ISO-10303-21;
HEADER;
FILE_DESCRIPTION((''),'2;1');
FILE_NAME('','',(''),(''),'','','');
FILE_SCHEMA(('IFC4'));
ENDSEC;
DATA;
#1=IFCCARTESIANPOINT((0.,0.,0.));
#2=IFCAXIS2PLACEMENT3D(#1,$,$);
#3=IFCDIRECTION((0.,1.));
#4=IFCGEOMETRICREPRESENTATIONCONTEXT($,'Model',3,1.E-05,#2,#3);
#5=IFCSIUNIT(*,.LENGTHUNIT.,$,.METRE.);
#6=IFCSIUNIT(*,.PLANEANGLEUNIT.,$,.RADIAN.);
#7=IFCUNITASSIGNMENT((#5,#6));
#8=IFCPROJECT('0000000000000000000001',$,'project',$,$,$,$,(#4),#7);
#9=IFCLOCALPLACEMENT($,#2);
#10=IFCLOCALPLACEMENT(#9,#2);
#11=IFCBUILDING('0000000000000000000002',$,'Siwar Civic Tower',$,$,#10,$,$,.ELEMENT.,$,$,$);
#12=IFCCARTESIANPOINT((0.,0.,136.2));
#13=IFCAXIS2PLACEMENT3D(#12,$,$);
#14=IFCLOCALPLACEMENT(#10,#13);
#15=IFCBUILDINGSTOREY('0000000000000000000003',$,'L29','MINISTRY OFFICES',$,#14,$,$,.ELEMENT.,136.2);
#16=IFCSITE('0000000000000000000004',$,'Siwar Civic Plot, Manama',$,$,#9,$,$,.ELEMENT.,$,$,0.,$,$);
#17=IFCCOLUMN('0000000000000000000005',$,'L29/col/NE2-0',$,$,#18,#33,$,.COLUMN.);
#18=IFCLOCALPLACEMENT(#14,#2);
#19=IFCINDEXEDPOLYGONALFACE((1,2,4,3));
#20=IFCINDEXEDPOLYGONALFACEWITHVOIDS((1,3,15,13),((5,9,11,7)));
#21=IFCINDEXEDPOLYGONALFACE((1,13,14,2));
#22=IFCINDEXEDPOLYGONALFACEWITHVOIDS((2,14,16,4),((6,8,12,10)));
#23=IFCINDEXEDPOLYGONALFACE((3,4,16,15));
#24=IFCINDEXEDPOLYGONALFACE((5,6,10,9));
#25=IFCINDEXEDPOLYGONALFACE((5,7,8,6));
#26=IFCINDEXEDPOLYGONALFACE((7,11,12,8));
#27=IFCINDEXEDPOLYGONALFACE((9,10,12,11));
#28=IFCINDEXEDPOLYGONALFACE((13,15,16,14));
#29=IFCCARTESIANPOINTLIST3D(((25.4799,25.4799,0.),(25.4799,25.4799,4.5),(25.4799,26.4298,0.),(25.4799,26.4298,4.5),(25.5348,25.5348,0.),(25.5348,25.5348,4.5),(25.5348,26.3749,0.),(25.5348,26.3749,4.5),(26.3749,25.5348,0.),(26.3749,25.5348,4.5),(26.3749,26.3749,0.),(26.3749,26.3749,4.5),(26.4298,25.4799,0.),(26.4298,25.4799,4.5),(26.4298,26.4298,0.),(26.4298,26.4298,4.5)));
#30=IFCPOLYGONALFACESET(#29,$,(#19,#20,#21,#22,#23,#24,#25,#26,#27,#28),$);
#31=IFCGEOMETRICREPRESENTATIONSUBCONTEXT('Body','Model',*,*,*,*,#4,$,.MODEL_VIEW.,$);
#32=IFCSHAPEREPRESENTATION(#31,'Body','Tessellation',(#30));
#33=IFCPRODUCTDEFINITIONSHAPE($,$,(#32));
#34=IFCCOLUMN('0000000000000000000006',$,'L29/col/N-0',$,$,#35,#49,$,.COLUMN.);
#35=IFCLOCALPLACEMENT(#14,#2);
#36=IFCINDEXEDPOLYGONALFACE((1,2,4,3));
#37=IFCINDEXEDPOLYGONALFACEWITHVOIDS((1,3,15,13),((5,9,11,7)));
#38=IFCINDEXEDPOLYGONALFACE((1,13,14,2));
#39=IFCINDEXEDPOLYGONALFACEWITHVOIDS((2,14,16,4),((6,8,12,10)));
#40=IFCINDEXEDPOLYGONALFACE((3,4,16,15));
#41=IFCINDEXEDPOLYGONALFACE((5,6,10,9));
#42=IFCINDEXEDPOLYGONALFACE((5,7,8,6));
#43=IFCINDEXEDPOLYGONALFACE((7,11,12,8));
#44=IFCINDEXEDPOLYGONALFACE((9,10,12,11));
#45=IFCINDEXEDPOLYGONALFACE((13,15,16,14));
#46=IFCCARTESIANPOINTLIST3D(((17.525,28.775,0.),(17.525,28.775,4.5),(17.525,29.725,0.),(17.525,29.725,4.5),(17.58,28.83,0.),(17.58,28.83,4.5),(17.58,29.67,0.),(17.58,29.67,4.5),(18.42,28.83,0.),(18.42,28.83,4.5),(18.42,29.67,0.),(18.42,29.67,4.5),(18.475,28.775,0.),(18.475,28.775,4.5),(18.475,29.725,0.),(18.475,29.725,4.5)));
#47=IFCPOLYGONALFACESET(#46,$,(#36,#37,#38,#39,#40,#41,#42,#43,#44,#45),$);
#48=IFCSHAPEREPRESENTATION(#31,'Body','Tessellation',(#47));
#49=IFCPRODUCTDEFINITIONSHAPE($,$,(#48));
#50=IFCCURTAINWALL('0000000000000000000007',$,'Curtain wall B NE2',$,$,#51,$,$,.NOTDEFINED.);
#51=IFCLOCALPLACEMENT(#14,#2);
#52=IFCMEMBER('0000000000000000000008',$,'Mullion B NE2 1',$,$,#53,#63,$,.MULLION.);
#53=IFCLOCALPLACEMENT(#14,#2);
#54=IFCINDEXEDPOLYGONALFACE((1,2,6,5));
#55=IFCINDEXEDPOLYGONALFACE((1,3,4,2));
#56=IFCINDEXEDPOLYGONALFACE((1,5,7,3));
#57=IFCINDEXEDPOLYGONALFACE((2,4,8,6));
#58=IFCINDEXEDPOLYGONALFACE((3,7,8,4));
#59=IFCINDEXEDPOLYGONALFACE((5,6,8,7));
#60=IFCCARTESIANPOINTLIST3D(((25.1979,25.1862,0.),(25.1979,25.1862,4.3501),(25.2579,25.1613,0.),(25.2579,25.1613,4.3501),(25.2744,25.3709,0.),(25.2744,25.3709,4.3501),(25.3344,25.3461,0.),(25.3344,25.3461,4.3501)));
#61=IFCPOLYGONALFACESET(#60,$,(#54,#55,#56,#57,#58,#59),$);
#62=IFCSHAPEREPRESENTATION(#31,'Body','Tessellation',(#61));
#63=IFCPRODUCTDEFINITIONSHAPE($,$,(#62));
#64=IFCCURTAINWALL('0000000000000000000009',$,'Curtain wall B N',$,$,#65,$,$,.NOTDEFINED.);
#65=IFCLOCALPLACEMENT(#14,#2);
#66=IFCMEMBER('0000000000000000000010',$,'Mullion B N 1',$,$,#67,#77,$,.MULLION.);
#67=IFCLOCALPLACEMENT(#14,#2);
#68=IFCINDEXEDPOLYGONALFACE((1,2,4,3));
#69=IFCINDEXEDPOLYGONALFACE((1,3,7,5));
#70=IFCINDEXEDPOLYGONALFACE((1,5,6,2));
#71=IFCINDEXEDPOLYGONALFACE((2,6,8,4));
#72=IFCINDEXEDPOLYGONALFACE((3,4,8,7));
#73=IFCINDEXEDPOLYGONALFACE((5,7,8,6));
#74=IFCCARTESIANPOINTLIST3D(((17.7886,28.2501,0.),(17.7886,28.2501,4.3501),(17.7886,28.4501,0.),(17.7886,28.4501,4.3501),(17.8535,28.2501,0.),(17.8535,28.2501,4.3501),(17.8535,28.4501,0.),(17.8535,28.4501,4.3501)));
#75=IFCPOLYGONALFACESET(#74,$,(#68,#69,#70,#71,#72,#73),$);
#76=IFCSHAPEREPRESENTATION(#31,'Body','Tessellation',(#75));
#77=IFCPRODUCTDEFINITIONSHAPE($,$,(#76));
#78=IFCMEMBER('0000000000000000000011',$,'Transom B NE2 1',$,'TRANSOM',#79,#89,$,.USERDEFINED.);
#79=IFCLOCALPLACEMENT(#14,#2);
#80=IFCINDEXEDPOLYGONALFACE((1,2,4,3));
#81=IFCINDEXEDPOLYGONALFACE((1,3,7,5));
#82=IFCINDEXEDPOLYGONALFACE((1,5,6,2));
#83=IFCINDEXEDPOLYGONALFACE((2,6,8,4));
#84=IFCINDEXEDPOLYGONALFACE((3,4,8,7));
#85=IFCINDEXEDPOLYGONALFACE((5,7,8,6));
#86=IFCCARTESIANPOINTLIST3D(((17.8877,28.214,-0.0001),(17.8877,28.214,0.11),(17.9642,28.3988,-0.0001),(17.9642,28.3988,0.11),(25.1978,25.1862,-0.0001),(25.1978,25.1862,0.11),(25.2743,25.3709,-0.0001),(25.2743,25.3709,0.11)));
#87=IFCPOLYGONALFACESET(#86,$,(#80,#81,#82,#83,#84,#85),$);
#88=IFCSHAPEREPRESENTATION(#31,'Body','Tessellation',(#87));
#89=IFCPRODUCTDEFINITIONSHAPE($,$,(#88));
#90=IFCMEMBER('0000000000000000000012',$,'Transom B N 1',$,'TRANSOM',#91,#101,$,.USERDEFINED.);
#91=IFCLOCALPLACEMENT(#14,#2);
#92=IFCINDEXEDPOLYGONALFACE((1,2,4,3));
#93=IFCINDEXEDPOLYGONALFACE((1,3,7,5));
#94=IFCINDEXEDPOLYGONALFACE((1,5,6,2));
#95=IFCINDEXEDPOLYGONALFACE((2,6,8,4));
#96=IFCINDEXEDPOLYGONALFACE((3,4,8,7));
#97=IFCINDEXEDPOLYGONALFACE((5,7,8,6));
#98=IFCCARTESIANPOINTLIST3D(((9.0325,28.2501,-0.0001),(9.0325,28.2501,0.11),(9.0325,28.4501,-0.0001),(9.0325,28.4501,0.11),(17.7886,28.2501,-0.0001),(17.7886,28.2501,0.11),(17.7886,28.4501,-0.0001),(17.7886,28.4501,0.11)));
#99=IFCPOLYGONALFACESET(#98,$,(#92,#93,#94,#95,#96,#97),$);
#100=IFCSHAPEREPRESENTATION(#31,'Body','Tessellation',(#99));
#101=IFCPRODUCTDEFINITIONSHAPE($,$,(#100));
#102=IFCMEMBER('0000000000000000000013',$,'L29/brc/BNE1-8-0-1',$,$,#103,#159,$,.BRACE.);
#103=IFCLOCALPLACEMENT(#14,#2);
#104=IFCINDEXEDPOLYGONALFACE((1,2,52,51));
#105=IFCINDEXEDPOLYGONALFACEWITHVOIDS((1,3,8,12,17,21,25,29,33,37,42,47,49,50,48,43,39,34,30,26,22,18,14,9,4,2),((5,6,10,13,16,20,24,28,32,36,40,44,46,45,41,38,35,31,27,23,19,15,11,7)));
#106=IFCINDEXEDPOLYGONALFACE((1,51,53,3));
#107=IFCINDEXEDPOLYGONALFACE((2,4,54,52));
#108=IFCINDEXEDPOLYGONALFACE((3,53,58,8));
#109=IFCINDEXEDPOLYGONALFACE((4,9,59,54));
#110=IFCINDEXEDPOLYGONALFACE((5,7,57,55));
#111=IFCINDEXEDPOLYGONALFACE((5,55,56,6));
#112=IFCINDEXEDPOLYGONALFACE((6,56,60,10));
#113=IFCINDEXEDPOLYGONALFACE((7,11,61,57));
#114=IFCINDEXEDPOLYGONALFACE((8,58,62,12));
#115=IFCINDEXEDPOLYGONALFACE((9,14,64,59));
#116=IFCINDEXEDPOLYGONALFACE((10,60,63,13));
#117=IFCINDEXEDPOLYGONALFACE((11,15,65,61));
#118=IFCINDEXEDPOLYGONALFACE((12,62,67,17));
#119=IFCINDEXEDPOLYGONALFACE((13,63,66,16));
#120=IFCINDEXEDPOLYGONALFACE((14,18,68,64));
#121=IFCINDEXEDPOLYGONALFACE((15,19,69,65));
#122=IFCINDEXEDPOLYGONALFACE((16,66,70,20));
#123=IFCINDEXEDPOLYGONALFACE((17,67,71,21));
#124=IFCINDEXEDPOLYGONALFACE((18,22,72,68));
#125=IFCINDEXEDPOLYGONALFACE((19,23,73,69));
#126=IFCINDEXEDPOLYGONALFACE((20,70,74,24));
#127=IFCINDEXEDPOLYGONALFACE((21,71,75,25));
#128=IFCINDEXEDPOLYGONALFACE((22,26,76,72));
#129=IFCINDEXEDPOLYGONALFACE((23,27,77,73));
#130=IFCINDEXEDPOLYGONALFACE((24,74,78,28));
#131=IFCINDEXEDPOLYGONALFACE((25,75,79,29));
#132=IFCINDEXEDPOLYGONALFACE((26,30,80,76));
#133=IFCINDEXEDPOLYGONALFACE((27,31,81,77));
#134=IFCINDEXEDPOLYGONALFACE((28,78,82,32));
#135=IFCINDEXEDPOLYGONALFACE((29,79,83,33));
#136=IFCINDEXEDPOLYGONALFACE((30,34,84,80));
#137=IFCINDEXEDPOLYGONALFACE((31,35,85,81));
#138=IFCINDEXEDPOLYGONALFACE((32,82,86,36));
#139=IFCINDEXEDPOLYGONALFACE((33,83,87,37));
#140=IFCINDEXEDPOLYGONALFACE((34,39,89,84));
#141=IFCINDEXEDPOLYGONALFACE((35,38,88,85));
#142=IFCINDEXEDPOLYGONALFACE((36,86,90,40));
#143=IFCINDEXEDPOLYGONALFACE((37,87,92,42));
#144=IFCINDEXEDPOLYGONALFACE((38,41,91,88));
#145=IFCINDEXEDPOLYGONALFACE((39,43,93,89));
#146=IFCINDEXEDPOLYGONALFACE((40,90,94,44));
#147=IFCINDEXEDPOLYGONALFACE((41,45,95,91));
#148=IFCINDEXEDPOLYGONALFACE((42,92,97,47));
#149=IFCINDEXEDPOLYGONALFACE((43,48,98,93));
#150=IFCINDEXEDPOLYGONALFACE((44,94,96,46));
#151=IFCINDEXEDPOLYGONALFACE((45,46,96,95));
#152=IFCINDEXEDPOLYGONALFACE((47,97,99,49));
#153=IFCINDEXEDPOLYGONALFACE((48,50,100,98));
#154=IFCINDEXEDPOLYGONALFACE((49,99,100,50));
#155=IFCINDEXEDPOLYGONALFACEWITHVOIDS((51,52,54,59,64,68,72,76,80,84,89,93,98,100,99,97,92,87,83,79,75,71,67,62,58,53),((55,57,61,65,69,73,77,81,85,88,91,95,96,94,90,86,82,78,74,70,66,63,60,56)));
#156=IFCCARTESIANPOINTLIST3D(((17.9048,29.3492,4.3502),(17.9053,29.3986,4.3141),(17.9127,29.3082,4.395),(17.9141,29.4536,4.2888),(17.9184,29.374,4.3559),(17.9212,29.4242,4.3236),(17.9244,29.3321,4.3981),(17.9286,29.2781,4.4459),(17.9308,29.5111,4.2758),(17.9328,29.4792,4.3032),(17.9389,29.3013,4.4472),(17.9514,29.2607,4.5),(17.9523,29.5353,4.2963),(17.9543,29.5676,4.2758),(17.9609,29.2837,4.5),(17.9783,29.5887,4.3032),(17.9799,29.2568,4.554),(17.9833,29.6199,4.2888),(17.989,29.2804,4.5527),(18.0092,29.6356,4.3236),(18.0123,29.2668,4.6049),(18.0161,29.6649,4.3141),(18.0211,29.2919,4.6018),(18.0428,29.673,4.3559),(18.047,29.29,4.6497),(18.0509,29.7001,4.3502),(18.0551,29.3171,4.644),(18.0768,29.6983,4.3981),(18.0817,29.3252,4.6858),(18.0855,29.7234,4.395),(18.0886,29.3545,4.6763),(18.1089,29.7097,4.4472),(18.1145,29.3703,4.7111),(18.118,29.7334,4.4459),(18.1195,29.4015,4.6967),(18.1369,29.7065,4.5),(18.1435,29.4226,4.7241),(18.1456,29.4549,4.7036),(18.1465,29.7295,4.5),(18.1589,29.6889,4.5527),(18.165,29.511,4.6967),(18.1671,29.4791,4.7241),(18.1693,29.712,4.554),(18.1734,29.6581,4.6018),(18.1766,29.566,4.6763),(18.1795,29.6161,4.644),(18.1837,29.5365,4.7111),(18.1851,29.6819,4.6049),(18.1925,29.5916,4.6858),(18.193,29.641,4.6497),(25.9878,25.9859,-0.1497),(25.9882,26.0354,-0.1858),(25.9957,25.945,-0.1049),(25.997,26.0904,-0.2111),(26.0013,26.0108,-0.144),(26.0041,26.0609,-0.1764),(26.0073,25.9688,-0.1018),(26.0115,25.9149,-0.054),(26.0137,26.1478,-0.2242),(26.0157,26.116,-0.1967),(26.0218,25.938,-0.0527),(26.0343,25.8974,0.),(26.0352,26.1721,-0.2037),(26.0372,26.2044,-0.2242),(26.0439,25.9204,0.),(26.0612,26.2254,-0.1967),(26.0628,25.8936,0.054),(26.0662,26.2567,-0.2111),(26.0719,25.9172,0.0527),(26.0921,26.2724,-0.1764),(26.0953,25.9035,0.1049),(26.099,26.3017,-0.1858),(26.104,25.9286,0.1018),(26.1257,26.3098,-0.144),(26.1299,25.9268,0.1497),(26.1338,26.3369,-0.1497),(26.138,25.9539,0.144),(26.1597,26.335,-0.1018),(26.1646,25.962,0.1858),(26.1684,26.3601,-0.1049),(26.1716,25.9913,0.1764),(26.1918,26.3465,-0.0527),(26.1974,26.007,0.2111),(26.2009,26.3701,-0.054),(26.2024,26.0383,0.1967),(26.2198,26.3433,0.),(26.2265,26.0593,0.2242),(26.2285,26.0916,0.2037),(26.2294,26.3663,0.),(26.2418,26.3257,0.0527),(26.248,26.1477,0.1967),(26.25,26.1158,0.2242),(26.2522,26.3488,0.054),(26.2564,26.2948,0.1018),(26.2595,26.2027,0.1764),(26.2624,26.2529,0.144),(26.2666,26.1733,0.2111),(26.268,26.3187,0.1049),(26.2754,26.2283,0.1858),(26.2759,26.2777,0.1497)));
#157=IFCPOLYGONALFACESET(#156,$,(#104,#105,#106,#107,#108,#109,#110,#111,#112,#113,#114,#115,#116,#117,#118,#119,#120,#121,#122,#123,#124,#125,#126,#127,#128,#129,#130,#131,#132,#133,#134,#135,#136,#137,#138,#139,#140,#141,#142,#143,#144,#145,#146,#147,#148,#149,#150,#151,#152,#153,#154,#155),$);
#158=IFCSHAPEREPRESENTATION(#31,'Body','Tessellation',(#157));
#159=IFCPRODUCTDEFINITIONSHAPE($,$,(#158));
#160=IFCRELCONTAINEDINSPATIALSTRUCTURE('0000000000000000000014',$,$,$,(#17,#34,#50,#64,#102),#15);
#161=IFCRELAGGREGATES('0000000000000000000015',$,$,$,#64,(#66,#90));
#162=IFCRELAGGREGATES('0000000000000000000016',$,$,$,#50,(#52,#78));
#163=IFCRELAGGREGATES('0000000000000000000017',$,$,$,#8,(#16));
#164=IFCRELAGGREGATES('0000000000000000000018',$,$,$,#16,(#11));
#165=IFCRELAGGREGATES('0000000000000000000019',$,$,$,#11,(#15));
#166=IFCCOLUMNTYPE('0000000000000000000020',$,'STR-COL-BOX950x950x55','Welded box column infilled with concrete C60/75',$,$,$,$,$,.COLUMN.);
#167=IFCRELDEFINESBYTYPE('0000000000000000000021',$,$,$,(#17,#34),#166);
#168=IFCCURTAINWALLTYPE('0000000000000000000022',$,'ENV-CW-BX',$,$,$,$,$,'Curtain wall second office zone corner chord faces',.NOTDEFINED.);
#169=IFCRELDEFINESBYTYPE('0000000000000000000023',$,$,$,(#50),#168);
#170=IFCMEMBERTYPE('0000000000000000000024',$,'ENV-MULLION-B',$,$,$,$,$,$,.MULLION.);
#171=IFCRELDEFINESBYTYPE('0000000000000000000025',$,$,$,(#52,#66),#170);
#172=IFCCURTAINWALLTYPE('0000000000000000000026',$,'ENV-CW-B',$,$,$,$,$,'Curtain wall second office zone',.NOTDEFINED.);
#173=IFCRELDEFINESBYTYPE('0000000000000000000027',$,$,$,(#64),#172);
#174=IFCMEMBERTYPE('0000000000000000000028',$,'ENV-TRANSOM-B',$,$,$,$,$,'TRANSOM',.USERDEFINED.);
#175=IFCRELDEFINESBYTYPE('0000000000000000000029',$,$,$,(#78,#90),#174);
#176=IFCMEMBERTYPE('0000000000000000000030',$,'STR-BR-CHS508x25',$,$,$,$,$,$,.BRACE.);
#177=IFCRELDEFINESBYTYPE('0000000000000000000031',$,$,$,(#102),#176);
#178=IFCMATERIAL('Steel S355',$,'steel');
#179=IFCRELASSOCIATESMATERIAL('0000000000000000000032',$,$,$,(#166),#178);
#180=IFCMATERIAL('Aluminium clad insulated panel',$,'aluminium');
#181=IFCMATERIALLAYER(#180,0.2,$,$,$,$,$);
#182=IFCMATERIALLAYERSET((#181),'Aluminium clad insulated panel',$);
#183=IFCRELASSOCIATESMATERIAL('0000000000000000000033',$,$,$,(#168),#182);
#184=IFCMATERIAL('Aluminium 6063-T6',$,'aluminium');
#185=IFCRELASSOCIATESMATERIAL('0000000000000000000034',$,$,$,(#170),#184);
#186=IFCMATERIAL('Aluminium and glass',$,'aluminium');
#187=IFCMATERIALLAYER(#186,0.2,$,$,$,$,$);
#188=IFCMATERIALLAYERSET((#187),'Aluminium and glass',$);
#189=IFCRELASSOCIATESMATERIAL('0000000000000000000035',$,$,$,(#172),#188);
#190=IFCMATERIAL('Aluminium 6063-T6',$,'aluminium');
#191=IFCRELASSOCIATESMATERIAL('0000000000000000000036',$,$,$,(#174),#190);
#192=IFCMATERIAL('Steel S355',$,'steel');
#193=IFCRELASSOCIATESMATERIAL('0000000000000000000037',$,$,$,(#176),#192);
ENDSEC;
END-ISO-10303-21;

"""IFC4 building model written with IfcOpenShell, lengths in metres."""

from ifc_helpers import new_model, si_unit, direction, frame, origin, origin_2d, place, context, subcontext, project, spatial, rectangle, hollow_rectangle, hollow_circle, extrude, material, layer, layer_set, material_profile, profile_set, type_object, element, aggregate, save


model = new_model("IFC4")

# Units and contexts
model_context = context("Model", 3, precision=1e-05, world=origin(), true_north=direction((0.0, 1.0)))
body_context = subcontext(model_context, "Body", "Model", "MODEL_VIEW")
ifc_project = project(units=[si_unit("LENGTHUNIT", "METRE"), si_unit("PLANEANGLEUNIT", "RADIAN")], contexts=[model_context])

# Site, building, storey
site_placement = place(None, origin())
site = spatial("IfcSite", under=ifc_project, at=site_placement, Name="Siwar Civic Plot, Manama", CompositionType="ELEMENT", RefElevation=0.0)
building_placement = place(site_placement, origin())
building = spatial("IfcBuilding", under=site, at=building_placement, Name="Siwar Civic Tower", CompositionType="ELEMENT")
storey_placement = place(building_placement, frame((0.0, 0.0, 136.2)))
storey = spatial("IfcBuildingStorey", under=building, at=storey_placement, Name="L29", Description="MINISTRY OFFICES", CompositionType="ELEMENT", Elevation=136.2)

# Columns
ifc_material_1 = material(Name="Steel S355", Category="steel")
ifc_material_profile_1 = material_profile(ifc_material_1, hollow_rectangle(XDim=0.95, YDim=0.95, WallThickness=0.0549, at=origin_2d()), Name="BOX950x950x55")
ifc_profile_set_1 = profile_set([ifc_material_profile_1], Name="Steel S355")
column_type = type_object("IfcColumnType", Name="STR-COL-BOX950x950x55", Description="Welded box column infilled with concrete C60/75", PredefinedType="COLUMN", material=ifc_profile_set_1)
for number, where, z_axis, x_axis, name in (
    (1, (25.9548, 25.9548, 0.0), (0.0, 0.0, 1.0), (1.0, 0.0, 0.0), "L29/col/NE2-0"),
    (2, (18.0, 29.25, 0.0), (0.0, 0.0, 1.0), (1.0, 0.0, 0.0), "L29/col/N-0"),
):
    element("IfcColumn", number, at=place(storey_placement, frame(where, z_axis=z_axis, x_axis=x_axis)), inside=storey, type_object=column_type, Name=name, PredefinedType="COLUMN", context=body_context, shape_type="SweptSolid", body=[
        extrude(hollow_rectangle(XDim=0.95, YDim=0.95, WallThickness=0.0549, at=origin_2d()), origin(), (0.0, 0.0, 1.0), 4.5),
    ])

# Curtain walls, members
ifc_material_2 = material(Name="Aluminium clad insulated panel", Category="aluminium")
ifc_layer_1 = layer(ifc_material_2, 0.2)
ifc_layer_set_1 = layer_set([ifc_layer_1], Name="Aluminium clad insulated panel")
curtain_wall_type_1 = type_object("IfcCurtainWallType", Name="ENV-CW-BX", ElementType="Curtain wall second office zone corner chord faces", PredefinedType="NOTDEFINED", material=ifc_layer_set_1)
curtain_wall_1_placement = place(storey_placement, origin())
curtain_wall_1 = element("IfcCurtainWall", 3, at=curtain_wall_1_placement, inside=storey, type_object=curtain_wall_type_1, Name="Curtain wall B NE2", PredefinedType="NOTDEFINED")
ifc_material_3 = material(Name="Aluminium 6063-T6", Category="aluminium")
ifc_material_profile_2 = material_profile(ifc_material_3, rectangle(XDim=0.2, YDim=0.0649, at=origin_2d()), Name="AL 200x65")
ifc_profile_set_2 = profile_set([ifc_material_profile_2], Name="Aluminium 6063-T6")
member_type_1 = type_object("IfcMemberType", Name="ENV-MULLION-B", PredefinedType="MULLION", material=ifc_profile_set_2)
member_1_placement = place(storey_placement, frame((25.2661, 25.2661, 0.0), z_axis=(0.0, 0.0, 1.0), x_axis=(-0.382683, -0.92388, 0.0)))
member_1 = element("IfcMember", 4, at=member_1_placement, type_object=member_type_1, Name="Mullion B NE2 1", PredefinedType="MULLION", context=body_context, shape_type="SweptSolid", body=[
    extrude(rectangle(XDim=0.2, YDim=0.0649, at=origin_2d()), origin(), (0.0, 0.0, 1.0), 4.3501),
])
ifc_material_4 = material(Name="Aluminium and glass", Category="aluminium")
ifc_layer_2 = layer(ifc_material_4, 0.2)
ifc_layer_set_2 = layer_set([ifc_layer_2], Name="Aluminium and glass")
curtain_wall_type_2 = type_object("IfcCurtainWallType", Name="ENV-CW-B", ElementType="Curtain wall second office zone", PredefinedType="NOTDEFINED", material=ifc_layer_set_2)
curtain_wall_2_placement = place(storey_placement, origin())
curtain_wall_2 = element("IfcCurtainWall", 5, at=curtain_wall_2_placement, inside=storey, type_object=curtain_wall_type_2, Name="Curtain wall B N", PredefinedType="NOTDEFINED")
member_2_placement = place(storey_placement, frame((17.821, 28.3501, 0.0), z_axis=(0.0, 0.0, 1.0), x_axis=(0.0, -1.0, 0.0)))
member_2 = element("IfcMember", 6, at=member_2_placement, type_object=member_type_1, Name="Mullion B N 1", PredefinedType="MULLION", context=body_context, shape_type="SweptSolid", body=[
    extrude(rectangle(XDim=0.2, YDim=0.0649, at=origin_2d()), origin(), (0.0, 0.0, 1.0), 4.3501),
])

# Members
ifc_material_5 = material(Name="Aluminium 6063-T6", Category="aluminium")
ifc_material_profile_3 = material_profile(ifc_material_5, rectangle(XDim=0.2, YDim=0.1101, at=origin_2d()), Name="AL 200x110")
ifc_profile_set_3 = profile_set([ifc_material_profile_3], Name="Aluminium 6063-T6")
member_type_2 = type_object("IfcMemberType", Name="ENV-TRANSOM-B", ElementType="TRANSOM", PredefinedType="USERDEFINED", material=ifc_profile_set_3)
member_3_placement = place(storey_placement, frame((25.2361, 25.2786, 0.0549), z_axis=(-0.923884, 0.382673, 0.0), x_axis=(-0.382673, -0.923884, 0.0)))
member_3 = element("IfcMember", 7, at=member_3_placement, type_object=member_type_2, Name="Transom B NE2 1", ObjectType="TRANSOM", PredefinedType="USERDEFINED", context=body_context, shape_type="SweptSolid", body=[
    extrude(rectangle(XDim=0.2, YDim=0.1101, at=origin_2d()), origin(), (0.0, 0.0, 1.0), 7.9124),
])
member_4_placement = place(storey_placement, frame((17.7886, 28.3501, 0.0549), z_axis=(-1.0, 0.0, 0.0), x_axis=(0.0, -1.0, 0.0)))
member_4 = element("IfcMember", 8, at=member_4_placement, type_object=member_type_2, Name="Transom B N 1", ObjectType="TRANSOM", PredefinedType="USERDEFINED", context=body_context, shape_type="SweptSolid", body=[
    extrude(rectangle(XDim=0.2, YDim=0.1101, at=origin_2d()), origin(), (0.0, 0.0, 1.0), 8.7561),
])
aggregate(curtain_wall_2, [member_2, member_4])

# Member
ifc_material_6 = material(Name="Steel S355", Category="steel")
ifc_material_profile_4 = material_profile(ifc_material_6, hollow_circle(Radius=0.2539, WallThickness=0.0249, at=origin_2d()), Name="CHS508x25")
ifc_profile_set_4 = profile_set([ifc_material_profile_4], Name="Steel S355")
member_type_3 = type_object("IfcMemberType", Name="STR-BR-CHS508x25", PredefinedType="BRACE", material=ifc_profile_set_4)
member_5_placement = place(storey_placement, frame((26.1318, 26.1318, 0.0), z_axis=(-0.821143, 0.341671, 0.457149), x_axis=(-0.384164, -0.923265, 0.0)))
element("IfcMember", 9, at=member_5_placement, inside=storey, type_object=member_type_3, Name="L29/brc/BNE1-8-0-1", PredefinedType="BRACE", context=body_context, shape_type="SweptSolid", body=[
    extrude(hollow_circle(Radius=0.2539, WallThickness=0.0249, at=origin_2d()), origin(), (0.0, 0.0, 1.0), 9.8435),
])

aggregate(curtain_wall_1, [member_1, member_3])

save(model, "model.ifc")
